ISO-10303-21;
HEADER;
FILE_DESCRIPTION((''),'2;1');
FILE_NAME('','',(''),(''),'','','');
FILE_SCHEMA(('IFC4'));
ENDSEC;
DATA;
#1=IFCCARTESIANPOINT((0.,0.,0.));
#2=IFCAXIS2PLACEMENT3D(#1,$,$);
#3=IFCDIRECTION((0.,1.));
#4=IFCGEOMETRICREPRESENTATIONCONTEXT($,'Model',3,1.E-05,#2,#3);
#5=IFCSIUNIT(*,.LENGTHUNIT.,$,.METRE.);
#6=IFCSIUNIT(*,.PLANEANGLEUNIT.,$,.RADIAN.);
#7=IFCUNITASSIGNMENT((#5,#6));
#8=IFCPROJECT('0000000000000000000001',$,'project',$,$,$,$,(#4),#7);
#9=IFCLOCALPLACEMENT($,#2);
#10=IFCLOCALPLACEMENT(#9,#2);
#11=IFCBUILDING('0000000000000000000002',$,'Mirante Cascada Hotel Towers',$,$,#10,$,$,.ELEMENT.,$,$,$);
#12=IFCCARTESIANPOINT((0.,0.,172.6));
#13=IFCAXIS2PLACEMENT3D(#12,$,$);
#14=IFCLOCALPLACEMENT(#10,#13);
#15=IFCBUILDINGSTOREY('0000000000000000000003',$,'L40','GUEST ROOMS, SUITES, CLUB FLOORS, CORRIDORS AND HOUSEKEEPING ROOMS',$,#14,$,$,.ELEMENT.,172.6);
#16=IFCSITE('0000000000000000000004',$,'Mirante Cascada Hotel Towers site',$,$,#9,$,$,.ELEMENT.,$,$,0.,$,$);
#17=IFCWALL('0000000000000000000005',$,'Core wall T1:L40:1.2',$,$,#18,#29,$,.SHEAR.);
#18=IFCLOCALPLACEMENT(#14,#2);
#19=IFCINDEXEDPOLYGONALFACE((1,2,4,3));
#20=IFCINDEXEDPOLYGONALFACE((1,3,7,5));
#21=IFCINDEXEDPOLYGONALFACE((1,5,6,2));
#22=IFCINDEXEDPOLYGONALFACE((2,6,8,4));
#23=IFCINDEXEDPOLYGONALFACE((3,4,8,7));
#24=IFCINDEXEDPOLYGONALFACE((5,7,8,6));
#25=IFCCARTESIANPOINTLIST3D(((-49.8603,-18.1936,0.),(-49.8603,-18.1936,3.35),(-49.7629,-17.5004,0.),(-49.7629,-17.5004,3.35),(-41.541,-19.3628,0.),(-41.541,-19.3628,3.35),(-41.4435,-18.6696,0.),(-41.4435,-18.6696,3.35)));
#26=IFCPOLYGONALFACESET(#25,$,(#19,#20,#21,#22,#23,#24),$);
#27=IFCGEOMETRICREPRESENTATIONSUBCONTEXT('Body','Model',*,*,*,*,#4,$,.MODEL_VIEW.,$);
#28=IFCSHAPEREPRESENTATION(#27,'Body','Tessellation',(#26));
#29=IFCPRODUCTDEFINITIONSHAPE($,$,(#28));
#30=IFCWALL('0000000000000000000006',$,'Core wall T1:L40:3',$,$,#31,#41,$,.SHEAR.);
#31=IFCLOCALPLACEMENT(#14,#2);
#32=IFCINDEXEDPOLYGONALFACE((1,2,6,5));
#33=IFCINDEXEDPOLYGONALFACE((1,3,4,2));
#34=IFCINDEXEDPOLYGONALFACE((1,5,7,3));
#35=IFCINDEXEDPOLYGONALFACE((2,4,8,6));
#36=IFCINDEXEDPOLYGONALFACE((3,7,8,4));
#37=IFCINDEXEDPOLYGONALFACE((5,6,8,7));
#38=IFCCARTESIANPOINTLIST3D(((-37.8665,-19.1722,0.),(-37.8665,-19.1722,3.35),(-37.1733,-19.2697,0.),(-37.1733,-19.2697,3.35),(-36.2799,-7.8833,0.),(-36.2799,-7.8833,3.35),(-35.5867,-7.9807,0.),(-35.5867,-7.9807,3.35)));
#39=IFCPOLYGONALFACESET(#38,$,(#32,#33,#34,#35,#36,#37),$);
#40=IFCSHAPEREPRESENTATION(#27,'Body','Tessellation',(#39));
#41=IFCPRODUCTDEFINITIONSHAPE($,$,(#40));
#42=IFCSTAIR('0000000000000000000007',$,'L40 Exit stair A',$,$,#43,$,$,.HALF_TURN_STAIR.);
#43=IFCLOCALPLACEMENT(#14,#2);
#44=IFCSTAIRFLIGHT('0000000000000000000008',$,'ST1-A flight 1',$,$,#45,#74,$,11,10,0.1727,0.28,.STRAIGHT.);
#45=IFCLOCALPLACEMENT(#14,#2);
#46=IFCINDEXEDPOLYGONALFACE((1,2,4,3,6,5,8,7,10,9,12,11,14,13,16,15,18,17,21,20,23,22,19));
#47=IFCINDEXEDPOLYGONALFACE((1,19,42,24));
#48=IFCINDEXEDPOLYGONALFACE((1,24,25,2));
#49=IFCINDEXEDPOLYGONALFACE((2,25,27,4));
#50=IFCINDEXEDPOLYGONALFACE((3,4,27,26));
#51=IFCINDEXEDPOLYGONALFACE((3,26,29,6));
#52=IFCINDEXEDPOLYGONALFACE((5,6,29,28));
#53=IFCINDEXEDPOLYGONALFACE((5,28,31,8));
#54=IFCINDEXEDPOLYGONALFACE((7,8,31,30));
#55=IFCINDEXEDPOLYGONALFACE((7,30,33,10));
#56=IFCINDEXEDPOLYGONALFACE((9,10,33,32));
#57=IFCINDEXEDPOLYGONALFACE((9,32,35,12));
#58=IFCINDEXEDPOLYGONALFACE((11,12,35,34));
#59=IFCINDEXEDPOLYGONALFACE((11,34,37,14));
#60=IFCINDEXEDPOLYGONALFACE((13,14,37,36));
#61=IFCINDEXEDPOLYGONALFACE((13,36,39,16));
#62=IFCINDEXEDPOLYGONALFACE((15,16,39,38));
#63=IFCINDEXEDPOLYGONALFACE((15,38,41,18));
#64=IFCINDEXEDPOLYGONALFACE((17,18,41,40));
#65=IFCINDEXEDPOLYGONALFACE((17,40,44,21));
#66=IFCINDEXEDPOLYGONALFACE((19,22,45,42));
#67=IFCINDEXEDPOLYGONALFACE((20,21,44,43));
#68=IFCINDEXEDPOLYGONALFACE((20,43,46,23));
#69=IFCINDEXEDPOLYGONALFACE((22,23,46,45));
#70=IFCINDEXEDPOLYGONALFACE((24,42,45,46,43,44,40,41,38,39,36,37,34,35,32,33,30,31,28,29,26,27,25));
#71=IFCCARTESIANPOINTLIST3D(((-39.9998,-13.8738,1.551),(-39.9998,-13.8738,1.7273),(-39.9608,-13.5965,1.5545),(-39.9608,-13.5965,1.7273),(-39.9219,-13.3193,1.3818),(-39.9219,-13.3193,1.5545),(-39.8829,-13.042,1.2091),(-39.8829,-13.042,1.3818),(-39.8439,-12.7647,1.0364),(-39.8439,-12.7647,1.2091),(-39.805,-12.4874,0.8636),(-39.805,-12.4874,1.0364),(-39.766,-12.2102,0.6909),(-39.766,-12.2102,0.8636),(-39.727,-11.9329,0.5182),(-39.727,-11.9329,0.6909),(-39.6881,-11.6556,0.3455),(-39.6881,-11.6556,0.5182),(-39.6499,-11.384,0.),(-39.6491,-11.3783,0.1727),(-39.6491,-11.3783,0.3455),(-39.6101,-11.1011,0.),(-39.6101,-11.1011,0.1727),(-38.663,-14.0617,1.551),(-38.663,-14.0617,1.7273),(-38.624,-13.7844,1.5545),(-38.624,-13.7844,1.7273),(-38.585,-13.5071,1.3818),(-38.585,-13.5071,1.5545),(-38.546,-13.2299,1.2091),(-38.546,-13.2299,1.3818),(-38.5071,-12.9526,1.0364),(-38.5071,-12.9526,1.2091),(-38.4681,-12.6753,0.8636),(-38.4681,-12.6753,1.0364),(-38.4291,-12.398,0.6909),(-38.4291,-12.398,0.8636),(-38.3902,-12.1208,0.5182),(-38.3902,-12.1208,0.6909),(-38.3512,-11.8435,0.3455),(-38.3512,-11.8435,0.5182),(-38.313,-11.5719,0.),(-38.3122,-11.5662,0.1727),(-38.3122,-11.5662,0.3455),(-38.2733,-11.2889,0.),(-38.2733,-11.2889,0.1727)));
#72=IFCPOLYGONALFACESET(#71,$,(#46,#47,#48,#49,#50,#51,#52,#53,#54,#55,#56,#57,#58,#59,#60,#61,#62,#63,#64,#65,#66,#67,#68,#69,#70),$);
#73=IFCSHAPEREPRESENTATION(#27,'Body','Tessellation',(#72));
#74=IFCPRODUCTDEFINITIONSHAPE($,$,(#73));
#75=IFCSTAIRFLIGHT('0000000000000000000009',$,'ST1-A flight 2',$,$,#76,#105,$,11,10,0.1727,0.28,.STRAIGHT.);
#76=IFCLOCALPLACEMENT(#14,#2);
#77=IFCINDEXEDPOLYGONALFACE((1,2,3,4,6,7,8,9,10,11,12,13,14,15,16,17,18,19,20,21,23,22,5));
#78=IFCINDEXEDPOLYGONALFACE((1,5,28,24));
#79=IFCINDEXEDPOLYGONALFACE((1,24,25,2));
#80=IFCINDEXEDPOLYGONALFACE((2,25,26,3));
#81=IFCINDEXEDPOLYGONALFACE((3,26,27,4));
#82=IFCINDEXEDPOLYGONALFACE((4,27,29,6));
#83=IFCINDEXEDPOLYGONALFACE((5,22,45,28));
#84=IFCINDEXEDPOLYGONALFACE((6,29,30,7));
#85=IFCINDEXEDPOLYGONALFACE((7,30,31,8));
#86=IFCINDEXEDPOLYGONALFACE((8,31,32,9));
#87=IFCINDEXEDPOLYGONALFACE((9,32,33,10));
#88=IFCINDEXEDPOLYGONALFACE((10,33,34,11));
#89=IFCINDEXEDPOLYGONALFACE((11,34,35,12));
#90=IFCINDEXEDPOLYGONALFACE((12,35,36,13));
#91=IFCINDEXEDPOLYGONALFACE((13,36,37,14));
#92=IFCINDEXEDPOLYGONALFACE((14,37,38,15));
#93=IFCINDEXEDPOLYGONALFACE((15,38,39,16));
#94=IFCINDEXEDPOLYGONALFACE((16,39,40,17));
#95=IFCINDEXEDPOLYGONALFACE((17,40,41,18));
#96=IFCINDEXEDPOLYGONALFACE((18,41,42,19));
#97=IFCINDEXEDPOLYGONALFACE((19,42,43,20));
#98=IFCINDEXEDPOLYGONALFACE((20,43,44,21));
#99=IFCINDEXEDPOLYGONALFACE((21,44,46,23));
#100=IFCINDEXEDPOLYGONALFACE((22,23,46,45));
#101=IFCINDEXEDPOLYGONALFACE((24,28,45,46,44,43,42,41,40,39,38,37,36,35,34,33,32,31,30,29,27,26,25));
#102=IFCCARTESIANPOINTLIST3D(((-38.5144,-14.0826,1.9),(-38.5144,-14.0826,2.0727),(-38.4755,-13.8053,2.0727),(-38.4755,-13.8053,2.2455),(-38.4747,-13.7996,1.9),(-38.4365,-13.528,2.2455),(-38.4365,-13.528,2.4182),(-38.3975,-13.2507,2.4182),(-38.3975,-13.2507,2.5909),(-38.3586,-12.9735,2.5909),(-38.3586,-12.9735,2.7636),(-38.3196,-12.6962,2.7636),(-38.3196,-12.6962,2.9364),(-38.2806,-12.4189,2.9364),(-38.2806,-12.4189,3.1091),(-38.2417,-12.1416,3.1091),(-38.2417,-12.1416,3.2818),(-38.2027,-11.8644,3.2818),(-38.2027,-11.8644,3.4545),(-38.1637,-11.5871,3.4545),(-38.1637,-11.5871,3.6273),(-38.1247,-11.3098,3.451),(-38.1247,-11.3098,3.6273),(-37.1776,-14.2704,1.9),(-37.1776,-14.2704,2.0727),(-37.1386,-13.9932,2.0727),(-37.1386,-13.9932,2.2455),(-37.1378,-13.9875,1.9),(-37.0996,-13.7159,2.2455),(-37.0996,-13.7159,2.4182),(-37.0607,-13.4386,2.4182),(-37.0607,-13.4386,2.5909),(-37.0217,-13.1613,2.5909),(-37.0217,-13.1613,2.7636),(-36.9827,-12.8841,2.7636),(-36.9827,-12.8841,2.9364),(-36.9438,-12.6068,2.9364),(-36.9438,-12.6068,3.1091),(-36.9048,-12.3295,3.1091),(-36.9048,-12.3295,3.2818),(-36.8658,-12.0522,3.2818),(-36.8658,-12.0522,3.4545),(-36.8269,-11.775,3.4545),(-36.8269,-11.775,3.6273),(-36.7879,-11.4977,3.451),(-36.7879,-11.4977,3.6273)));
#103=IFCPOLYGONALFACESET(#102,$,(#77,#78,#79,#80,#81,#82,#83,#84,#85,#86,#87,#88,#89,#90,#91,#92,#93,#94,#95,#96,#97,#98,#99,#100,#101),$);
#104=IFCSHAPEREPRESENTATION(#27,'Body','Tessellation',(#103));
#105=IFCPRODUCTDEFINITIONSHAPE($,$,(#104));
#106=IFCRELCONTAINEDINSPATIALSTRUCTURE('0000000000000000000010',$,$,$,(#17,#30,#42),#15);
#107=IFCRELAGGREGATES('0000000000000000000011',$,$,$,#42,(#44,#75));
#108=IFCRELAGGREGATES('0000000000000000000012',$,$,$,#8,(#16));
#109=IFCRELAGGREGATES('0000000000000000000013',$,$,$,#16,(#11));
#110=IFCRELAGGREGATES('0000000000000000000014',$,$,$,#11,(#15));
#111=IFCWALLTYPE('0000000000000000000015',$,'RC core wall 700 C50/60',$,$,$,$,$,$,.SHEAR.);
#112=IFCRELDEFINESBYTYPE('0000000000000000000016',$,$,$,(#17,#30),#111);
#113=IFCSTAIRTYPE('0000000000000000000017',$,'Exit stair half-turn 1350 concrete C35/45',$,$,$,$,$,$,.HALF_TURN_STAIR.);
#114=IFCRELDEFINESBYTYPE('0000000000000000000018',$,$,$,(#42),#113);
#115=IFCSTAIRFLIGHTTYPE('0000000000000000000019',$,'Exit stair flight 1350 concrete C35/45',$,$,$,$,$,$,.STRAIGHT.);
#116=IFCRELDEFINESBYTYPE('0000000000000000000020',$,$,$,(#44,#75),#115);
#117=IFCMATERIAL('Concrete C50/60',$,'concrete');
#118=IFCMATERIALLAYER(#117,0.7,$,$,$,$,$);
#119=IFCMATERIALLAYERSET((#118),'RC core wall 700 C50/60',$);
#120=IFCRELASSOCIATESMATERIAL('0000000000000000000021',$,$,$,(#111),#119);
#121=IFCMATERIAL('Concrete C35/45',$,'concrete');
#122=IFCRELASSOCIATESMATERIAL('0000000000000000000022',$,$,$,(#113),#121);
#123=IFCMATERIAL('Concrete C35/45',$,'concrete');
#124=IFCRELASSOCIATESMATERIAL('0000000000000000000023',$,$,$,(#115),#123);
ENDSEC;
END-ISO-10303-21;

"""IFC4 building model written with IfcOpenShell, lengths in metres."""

from ifc_helpers import new_model, si_unit, direction, frame, frame_2d, origin, place, context, subcontext, project, spatial, polyline, rectangle, outline, extrude, material, layer, layer_set, type_object, element, aggregate, save


model = new_model("IFC4")

# Units and contexts
model_context = context("Model", 3, precision=1e-05, world=origin(), true_north=direction((0.0, 1.0)))
body_context = subcontext(model_context, "Body", "Model", "MODEL_VIEW")
ifc_project = project(units=[si_unit("LENGTHUNIT", "METRE"), si_unit("PLANEANGLEUNIT", "RADIAN")], contexts=[model_context])

# Site, building, storey
site_placement = place(None, origin())
site = spatial("IfcSite", under=ifc_project, at=site_placement, Name="Mirante Cascada Hotel Towers site", CompositionType="ELEMENT", RefElevation=0.0)
building_placement = place(site_placement, origin())
building = spatial("IfcBuilding", under=site, at=building_placement, Name="Mirante Cascada Hotel Towers", CompositionType="ELEMENT")
storey_placement = place(building_placement, frame((0.0, 0.0, 172.6)))
storey = spatial("IfcBuildingStorey", under=building, at=storey_placement, Name="L40", Description="GUEST ROOMS, SUITES, CLUB FLOORS, CORRIDORS AND HOUSEKEEPING ROOMS", CompositionType="ELEMENT", Elevation=172.6)

# Walls
ifc_material_1 = material(Name="Concrete C50/60", Category="concrete")
ifc_layer_1 = layer(ifc_material_1, 0.7)
ifc_layer_set_1 = layer_set([ifc_layer_1], Name="RC core wall 700 C50/60")
wall_type_1 = type_object("IfcWallType", Name="RC core wall 700 C50/60", PredefinedType="SHEAR", material=ifc_layer_set_1)
wall_1_placement = place(storey_placement, frame((-41.4922, -19.0162, 0.0), z_axis=(0.0, 0.0, 1.0), x_axis=(-0.990268, 0.139173, 0.0)))
element("IfcWall", 1, at=wall_1_placement, inside=storey, type_object=wall_type_1, Name="Core wall T1:L40:1.2", PredefinedType="SHEAR", context=body_context, shape_type="SweptSolid", body=[
    extrude(rectangle(XDim=8.4011, YDim=0.7, at=frame_2d((4.2006, 0.0))), origin(), (0.0, 0.0, 1.0), 3.35),
])
wall_2_placement = place(storey_placement, frame((-37.5199, -19.221, 0.0), z_axis=(0.0, 0.0, 1.0), x_axis=(0.139176, 0.990268, 0.0)))
element("IfcWall", 2, at=wall_2_placement, inside=storey, type_object=wall_type_1, Name="Core wall T1:L40:3", PredefinedType="SHEAR", context=body_context, shape_type="SweptSolid", body=[
    extrude(rectangle(XDim=11.3999, YDim=0.7, at=frame_2d((5.7, 0.0))), origin(), (0.0, 0.0, 1.0), 3.35),
])

# Stair, stair flights
ifc_material_2 = material(Name="Concrete C35/45", Category="concrete")
stair_type = type_object("IfcStairType", Name="Exit stair half-turn 1350 concrete C35/45", PredefinedType="HALF_TURN_STAIR", material=ifc_material_2)
stair_placement = place(storey_placement, origin())
stair = element("IfcStair", 3, at=stair_placement, inside=storey, type_object=stair_type, Name="L40 Exit stair A", PredefinedType="HALF_TURN_STAIR")
ifc_material_3 = material(Name="Concrete C35/45", Category="concrete")
stair_flight_type = type_object("IfcStairFlightType", Name="Exit stair flight 1350 concrete C35/45", PredefinedType="STRAIGHT", material=ifc_material_3)
stair_flight_1_placement = place(storey_placement, frame((-38.9417, -11.195, 0.0), z_axis=(0.0, 0.0, 1.0), x_axis=(-0.139173, -0.990268, 0.0)))
stair_flight_1 = element("IfcStairFlight", 4, at=stair_flight_1_placement, type_object=stair_flight_type, Name="ST1-A flight 1", NumberOfRisers=11, NumberOfTreads=10, PredefinedType="STRAIGHT", RiserHeight=0.1727, TreadLength=0.28, context=body_context, shape_type="SweptSolid", body=[
    extrude(outline(polyline([(0.0, 0.0), (0.0, 0.1727), (0.28, 0.1727), (0.28, 0.3455), (0.56, 0.3455), (0.56, 0.5182), (0.84, 0.5182), (0.84, 0.6909), (1.12, 0.6909), (1.12, 0.8636), (1.4, 0.8636), (1.4, 1.0364), (1.68, 1.0364), (1.68, 1.2091), (1.96, 1.2091), (1.96, 1.3818), (2.24, 1.3818), (2.24, 1.5545), (2.52, 1.5545), (2.52, 1.7273), (2.8, 1.7273), (2.8, 1.9), (2.8, 1.551), (0.2857, 0.0), (0.0, 0.0)])), frame((0.0, 0.675, 0.0), z_axis=(0.0, -1.0, 0.0), x_axis=(1.0, 0.0, 0.0)), (0.0, 0.0, 1.0), 1.35),
])
stair_flight_2_placement = place(storey_placement, frame((-37.846, -14.1765, 1.9), z_axis=(0.0, 0.0, 1.0), x_axis=(0.139173, 0.990268, 0.0)))
stair_flight_2 = element("IfcStairFlight", 5, at=stair_flight_2_placement, type_object=stair_flight_type, Name="ST1-A flight 2", NumberOfRisers=11, NumberOfTreads=10, PredefinedType="STRAIGHT", RiserHeight=0.1727, TreadLength=0.28, context=body_context, shape_type="SweptSolid", body=[
    extrude(outline(polyline([(0.0, 0.0), (0.0, 0.1727), (0.28, 0.1727), (0.28, 0.3455), (0.56, 0.3455), (0.56, 0.5182), (0.84, 0.5182), (0.84, 0.6909), (1.12, 0.6909), (1.12, 0.8636), (1.4, 0.8636), (1.4, 1.0364), (1.68, 1.0364), (1.68, 1.2091), (1.96, 1.2091), (1.96, 1.3818), (2.24, 1.3818), (2.24, 1.5545), (2.52, 1.5545), (2.52, 1.7273), (2.8, 1.7273), (2.8, 1.9), (2.8, 1.551), (0.2857, 0.0), (0.0, 0.0)])), frame((0.0, 0.675, 0.0), z_axis=(0.0, -1.0, 0.0), x_axis=(1.0, 0.0, 0.0)), (0.0, 0.0, 1.0), 1.35),
])
aggregate(stair, [stair_flight_1, stair_flight_2])

save(model, "model.ifc")
